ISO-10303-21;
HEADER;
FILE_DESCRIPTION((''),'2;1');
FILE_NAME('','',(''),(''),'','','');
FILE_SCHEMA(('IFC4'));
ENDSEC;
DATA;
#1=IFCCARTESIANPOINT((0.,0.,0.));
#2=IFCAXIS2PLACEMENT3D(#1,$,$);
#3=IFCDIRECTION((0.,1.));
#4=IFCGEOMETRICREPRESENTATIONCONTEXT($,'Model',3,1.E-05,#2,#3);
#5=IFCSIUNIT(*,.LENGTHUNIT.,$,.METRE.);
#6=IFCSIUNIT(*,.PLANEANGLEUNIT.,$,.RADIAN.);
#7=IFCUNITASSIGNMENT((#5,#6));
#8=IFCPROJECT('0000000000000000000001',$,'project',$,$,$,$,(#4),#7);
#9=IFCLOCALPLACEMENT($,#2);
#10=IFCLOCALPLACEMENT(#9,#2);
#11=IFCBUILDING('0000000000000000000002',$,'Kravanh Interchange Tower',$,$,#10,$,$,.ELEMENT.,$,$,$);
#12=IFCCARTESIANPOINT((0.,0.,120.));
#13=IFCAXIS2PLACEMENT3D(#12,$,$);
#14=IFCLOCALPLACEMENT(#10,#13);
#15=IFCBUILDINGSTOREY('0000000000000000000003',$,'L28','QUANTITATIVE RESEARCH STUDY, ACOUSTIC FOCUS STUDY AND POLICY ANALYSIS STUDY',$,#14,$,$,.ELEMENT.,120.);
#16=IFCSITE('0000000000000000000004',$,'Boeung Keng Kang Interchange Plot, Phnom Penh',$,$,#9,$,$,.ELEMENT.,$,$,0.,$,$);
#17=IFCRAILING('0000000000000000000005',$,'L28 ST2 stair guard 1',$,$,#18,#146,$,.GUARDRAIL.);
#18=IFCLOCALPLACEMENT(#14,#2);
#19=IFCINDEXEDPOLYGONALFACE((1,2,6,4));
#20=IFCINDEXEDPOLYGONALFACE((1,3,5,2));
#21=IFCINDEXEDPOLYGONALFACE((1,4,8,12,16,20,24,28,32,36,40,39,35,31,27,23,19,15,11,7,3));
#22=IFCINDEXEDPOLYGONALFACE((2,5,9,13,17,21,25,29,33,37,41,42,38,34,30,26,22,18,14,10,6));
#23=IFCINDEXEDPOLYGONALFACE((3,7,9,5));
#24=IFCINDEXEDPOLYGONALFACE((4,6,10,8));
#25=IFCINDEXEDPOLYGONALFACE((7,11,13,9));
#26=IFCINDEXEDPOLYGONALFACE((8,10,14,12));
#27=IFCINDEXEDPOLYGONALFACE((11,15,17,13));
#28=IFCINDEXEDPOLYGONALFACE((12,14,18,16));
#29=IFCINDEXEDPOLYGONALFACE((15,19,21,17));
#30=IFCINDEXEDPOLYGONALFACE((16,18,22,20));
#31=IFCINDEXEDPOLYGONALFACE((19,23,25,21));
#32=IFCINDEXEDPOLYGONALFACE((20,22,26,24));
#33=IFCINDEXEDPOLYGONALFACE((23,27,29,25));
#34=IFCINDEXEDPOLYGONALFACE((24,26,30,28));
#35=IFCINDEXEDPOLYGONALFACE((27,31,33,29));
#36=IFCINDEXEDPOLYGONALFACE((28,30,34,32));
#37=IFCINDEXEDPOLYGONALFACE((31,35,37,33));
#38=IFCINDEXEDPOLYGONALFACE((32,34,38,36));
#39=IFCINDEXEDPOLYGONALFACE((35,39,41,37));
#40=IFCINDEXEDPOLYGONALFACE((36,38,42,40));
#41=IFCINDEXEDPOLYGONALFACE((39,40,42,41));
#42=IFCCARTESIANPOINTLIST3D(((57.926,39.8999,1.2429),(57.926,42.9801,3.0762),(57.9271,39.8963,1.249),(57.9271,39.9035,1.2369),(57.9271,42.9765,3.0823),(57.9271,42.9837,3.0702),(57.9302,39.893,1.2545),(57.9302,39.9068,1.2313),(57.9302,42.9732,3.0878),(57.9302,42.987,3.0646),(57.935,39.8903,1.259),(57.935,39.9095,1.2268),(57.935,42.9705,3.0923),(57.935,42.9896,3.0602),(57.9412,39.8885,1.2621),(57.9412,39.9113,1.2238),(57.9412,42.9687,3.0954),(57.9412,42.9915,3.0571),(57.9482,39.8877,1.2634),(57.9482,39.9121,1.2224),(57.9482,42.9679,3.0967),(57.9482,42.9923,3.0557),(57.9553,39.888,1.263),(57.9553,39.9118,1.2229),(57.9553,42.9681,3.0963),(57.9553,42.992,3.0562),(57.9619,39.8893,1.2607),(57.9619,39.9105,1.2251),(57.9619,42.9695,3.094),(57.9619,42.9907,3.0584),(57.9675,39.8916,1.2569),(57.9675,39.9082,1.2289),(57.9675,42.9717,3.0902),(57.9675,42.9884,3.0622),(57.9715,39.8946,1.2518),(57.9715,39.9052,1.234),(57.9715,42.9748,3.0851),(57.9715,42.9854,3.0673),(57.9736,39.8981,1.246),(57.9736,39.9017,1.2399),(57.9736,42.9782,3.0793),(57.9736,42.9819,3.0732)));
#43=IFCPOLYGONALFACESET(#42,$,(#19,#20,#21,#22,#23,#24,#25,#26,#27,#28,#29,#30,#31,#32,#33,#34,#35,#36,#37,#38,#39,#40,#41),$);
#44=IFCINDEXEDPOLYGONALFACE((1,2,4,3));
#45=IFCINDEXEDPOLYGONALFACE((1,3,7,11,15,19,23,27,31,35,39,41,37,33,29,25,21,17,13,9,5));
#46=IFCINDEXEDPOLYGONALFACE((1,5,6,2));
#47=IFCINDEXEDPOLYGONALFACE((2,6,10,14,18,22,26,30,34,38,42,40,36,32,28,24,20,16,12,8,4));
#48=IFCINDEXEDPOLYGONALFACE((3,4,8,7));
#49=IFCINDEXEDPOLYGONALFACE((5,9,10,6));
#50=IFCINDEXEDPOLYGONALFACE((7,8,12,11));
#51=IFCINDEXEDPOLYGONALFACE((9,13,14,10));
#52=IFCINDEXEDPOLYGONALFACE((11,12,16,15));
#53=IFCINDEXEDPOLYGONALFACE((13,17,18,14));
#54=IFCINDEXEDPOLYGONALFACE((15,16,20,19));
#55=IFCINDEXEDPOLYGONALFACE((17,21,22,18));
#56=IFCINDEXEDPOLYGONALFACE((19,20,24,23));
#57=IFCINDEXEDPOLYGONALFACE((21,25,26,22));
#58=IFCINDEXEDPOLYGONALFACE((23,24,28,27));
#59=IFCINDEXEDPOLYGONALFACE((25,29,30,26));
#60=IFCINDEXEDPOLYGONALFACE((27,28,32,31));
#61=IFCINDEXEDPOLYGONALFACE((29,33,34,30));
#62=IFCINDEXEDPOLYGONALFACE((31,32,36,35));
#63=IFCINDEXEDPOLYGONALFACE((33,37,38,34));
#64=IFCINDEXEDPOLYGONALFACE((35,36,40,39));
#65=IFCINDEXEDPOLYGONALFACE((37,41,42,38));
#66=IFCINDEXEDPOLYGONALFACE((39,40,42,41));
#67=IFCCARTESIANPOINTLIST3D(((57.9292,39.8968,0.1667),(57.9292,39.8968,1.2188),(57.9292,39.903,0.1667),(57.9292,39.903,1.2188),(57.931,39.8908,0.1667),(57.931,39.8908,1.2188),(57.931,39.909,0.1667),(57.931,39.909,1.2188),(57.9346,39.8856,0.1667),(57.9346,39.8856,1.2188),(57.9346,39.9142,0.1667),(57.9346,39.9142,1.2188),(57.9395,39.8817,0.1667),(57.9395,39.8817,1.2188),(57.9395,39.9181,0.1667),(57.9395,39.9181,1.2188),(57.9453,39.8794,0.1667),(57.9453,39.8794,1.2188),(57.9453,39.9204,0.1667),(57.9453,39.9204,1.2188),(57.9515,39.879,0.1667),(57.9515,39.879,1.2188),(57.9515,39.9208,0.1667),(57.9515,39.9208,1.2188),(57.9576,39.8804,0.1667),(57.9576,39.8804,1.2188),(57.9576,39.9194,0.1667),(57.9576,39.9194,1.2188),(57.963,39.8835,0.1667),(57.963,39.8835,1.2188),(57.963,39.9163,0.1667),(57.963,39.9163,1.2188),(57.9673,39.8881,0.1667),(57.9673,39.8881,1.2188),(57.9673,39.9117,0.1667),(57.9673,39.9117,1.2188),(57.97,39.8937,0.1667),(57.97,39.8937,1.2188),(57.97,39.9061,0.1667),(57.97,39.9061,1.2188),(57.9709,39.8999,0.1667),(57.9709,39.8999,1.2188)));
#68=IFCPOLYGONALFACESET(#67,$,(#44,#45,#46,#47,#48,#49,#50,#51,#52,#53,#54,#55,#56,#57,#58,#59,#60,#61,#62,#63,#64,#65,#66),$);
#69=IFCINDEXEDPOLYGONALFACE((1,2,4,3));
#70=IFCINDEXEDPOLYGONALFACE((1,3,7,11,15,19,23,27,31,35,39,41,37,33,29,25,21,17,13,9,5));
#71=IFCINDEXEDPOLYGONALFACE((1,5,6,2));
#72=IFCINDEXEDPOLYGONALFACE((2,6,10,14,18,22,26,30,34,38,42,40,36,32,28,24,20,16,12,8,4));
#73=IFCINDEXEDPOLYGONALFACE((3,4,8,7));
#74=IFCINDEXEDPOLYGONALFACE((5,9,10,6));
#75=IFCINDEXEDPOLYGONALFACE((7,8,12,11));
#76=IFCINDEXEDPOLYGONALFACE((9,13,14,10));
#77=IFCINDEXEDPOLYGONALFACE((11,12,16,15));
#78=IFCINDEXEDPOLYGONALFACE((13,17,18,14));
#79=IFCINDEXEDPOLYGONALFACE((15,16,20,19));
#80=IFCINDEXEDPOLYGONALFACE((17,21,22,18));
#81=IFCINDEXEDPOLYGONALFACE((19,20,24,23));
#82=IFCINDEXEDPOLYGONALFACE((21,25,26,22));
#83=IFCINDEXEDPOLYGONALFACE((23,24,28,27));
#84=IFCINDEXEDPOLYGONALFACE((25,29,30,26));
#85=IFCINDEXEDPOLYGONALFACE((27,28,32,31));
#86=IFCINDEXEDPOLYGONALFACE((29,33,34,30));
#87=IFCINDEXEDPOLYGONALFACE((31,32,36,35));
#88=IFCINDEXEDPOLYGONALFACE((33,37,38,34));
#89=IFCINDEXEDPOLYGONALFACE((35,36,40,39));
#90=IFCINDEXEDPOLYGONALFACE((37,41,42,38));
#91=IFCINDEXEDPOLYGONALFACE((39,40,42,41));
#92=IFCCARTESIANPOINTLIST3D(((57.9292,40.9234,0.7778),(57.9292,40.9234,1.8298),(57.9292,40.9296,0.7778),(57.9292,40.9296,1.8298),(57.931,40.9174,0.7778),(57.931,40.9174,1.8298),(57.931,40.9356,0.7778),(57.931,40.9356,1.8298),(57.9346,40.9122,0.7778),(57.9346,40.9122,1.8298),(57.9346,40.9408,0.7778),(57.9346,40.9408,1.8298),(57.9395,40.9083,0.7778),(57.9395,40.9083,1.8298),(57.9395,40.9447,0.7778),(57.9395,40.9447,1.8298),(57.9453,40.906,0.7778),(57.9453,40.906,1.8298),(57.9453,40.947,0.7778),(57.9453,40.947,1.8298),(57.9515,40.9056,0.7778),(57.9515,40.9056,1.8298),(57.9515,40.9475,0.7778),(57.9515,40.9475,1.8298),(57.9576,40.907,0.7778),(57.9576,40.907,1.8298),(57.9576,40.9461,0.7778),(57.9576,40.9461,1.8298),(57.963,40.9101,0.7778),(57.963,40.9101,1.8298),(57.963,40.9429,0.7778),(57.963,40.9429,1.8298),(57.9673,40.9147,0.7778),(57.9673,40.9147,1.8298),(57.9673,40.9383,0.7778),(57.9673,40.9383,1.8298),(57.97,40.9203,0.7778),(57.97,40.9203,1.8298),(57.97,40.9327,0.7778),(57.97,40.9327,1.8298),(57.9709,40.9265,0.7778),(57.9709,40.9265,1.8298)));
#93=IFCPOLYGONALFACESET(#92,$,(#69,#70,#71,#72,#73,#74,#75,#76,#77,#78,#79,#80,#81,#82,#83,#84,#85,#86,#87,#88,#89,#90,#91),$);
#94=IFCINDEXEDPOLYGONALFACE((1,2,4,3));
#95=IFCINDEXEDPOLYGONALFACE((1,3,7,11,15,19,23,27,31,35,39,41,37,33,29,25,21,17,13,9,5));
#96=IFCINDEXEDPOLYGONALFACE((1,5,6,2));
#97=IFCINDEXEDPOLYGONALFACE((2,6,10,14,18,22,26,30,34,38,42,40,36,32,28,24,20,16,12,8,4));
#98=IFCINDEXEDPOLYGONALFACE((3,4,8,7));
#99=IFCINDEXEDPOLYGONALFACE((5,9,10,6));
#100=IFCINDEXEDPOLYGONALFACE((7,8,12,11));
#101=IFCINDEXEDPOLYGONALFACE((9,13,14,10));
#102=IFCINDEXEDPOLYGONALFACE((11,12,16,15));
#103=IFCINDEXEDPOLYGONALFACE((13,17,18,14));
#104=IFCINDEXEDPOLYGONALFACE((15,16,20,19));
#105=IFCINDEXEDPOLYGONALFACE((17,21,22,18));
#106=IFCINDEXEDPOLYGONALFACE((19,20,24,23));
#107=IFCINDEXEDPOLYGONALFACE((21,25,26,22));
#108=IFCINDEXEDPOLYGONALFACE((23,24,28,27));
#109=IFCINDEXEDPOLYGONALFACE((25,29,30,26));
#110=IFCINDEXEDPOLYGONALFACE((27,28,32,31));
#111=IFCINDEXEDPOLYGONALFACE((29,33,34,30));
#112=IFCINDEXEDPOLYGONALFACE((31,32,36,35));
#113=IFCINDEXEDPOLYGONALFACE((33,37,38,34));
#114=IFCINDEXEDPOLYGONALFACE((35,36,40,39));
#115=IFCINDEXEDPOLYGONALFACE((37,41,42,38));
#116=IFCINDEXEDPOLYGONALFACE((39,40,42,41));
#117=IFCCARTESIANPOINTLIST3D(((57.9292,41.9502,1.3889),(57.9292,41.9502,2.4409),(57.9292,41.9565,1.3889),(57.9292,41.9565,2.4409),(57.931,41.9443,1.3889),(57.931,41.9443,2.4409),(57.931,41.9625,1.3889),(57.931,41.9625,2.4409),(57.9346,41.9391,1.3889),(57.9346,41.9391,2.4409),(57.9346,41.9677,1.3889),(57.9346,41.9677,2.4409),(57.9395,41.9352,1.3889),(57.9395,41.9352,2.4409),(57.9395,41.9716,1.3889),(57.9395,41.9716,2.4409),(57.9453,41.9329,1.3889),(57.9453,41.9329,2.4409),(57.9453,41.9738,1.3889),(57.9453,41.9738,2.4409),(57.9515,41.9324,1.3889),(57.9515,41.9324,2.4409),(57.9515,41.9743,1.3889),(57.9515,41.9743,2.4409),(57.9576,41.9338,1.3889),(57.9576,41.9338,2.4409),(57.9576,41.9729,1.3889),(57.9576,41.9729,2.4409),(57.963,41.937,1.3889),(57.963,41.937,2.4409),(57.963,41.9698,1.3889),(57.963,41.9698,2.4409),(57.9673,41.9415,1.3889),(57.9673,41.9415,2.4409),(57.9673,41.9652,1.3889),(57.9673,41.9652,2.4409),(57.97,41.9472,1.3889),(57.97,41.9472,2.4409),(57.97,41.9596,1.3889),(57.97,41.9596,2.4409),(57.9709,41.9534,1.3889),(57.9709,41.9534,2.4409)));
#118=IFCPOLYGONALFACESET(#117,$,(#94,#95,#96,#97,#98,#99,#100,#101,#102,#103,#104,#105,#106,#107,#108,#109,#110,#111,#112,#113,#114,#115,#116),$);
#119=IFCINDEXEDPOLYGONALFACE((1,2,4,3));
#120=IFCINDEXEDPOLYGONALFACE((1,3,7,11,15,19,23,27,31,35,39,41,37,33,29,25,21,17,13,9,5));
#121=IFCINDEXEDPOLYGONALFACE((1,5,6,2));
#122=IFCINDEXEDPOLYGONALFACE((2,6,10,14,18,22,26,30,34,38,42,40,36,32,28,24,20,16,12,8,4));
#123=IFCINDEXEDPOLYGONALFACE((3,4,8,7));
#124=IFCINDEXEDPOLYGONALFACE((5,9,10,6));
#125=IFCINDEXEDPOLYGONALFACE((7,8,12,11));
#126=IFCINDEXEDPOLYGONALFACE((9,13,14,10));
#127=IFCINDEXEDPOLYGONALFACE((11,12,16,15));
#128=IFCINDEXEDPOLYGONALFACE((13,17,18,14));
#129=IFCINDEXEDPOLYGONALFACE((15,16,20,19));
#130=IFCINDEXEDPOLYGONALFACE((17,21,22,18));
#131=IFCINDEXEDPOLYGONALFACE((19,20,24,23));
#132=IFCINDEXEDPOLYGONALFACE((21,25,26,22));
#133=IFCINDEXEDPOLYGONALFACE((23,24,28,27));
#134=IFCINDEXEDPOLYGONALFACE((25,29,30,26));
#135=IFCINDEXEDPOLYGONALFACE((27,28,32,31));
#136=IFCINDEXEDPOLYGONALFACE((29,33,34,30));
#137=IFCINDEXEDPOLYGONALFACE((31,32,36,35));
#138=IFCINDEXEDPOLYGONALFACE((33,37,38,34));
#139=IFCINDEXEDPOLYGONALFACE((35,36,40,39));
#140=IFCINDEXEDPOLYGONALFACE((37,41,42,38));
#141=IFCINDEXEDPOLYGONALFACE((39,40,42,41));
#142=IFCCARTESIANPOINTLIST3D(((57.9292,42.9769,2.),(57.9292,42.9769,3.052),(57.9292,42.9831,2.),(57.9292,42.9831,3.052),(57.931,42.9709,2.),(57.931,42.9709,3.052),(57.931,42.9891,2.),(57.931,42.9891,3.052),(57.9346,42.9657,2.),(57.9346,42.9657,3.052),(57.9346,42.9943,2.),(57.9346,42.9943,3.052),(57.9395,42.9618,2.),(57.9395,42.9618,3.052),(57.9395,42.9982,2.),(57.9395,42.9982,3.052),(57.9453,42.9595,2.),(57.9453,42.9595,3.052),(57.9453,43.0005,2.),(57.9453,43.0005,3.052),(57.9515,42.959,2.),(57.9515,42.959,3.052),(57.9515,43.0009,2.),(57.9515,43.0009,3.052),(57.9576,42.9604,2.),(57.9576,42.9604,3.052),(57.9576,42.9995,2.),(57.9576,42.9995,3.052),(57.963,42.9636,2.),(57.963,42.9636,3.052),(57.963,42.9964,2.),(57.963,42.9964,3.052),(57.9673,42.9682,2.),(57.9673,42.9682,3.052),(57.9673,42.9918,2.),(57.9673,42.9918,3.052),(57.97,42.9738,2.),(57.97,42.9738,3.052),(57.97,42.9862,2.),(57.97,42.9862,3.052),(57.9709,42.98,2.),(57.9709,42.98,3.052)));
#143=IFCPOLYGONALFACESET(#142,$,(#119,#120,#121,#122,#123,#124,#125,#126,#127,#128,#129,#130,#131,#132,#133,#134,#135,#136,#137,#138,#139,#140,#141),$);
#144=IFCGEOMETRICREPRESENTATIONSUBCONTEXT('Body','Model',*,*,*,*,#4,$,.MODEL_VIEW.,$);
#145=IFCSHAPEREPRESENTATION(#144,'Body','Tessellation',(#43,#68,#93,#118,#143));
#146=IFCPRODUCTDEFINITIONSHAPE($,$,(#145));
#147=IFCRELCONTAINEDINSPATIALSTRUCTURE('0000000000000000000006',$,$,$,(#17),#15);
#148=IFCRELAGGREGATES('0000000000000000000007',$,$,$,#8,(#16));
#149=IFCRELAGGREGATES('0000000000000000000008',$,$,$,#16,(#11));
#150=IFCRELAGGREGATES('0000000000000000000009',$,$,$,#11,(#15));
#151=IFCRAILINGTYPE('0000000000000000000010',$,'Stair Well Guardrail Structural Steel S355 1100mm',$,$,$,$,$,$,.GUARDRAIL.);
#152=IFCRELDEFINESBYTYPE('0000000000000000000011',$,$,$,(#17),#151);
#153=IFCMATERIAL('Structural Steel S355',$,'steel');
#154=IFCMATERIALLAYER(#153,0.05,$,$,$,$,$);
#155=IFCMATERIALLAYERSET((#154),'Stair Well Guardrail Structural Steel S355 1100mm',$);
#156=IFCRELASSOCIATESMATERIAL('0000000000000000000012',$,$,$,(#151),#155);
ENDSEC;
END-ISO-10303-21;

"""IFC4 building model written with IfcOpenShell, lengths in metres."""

from ifc_helpers import new_model, si_unit, direction, frame, origin, origin_2d, place, context, subcontext, project, spatial, circle, extrude, material, layer, layer_set, type_object, element, save


model = new_model("IFC4")

# Units and contexts
model_context = context("Model", 3, precision=1e-05, world=origin(), true_north=direction((0.0, 1.0)))
body_context = subcontext(model_context, "Body", "Model", "MODEL_VIEW")
ifc_project = project(units=[si_unit("LENGTHUNIT", "METRE"), si_unit("PLANEANGLEUNIT", "RADIAN")], contexts=[model_context])

# Site, building, storey
site_placement = place(None, origin())
site = spatial("IfcSite", under=ifc_project, at=site_placement, Name="Boeung Keng Kang Interchange Plot, Phnom Penh", CompositionType="ELEMENT", RefElevation=0.0)
building_placement = place(site_placement, origin())
building = spatial("IfcBuilding", under=site, at=building_placement, Name="Kravanh Interchange Tower", CompositionType="ELEMENT")
storey_placement = place(building_placement, frame((0.0, 0.0, 120.0)))
storey = spatial("IfcBuildingStorey", under=building, at=storey_placement, Name="L28", Description="QUANTITATIVE RESEARCH STUDY, ACOUSTIC FOCUS STUDY AND POLICY ANALYSIS STUDY", CompositionType="ELEMENT", Elevation=120.0)

# Railing
ifc_material_1 = material(Name="Structural Steel S355", Category="steel")
ifc_layer_1 = layer(ifc_material_1, 0.05)
ifc_layer_set_1 = layer_set([ifc_layer_1], Name="Stair Well Guardrail Structural Steel S355 1100mm")
railing_type_1 = type_object("IfcRailingType", Name="Stair Well Guardrail Structural Steel S355 1100mm", PredefinedType="GUARDRAIL", material=ifc_layer_set_1)
railing_1_placement = place(storey_placement, frame((57.95, 39.8999, 0.1667)))
element("IfcRailing", 1, at=railing_1_placement, inside=storey, type_object=railing_type_1, Name="L28 ST2 stair guard 1", PredefinedType="GUARDRAIL", context=body_context, shape_type="SweptSolid", body=[
    extrude(circle(Radius=0.0239, at=origin_2d()), frame((0.0, 0.0, 1.0762), z_axis=(0.0, 0.859309, 0.511458), x_axis=(-1.0, 0.0, 0.0)), (0.0, 0.0, 1.0), 3.5845),
    extrude(circle(Radius=0.021, at=origin_2d()), origin(), (0.0, 0.0, 1.0), 1.052),
    extrude(circle(Radius=0.021, at=origin_2d()), frame((0.0, 1.0266, 0.6111)), (0.0, 0.0, 1.0), 1.052),
    extrude(circle(Radius=0.021, at=origin_2d()), frame((0.0, 2.0535, 1.2222)), (0.0, 0.0, 1.0), 1.052),
    extrude(circle(Radius=0.021, at=origin_2d()), frame((0.0, 3.0801, 1.8333)), (0.0, 0.0, 1.0), 1.052),
])

save(model, "model.ifc")
